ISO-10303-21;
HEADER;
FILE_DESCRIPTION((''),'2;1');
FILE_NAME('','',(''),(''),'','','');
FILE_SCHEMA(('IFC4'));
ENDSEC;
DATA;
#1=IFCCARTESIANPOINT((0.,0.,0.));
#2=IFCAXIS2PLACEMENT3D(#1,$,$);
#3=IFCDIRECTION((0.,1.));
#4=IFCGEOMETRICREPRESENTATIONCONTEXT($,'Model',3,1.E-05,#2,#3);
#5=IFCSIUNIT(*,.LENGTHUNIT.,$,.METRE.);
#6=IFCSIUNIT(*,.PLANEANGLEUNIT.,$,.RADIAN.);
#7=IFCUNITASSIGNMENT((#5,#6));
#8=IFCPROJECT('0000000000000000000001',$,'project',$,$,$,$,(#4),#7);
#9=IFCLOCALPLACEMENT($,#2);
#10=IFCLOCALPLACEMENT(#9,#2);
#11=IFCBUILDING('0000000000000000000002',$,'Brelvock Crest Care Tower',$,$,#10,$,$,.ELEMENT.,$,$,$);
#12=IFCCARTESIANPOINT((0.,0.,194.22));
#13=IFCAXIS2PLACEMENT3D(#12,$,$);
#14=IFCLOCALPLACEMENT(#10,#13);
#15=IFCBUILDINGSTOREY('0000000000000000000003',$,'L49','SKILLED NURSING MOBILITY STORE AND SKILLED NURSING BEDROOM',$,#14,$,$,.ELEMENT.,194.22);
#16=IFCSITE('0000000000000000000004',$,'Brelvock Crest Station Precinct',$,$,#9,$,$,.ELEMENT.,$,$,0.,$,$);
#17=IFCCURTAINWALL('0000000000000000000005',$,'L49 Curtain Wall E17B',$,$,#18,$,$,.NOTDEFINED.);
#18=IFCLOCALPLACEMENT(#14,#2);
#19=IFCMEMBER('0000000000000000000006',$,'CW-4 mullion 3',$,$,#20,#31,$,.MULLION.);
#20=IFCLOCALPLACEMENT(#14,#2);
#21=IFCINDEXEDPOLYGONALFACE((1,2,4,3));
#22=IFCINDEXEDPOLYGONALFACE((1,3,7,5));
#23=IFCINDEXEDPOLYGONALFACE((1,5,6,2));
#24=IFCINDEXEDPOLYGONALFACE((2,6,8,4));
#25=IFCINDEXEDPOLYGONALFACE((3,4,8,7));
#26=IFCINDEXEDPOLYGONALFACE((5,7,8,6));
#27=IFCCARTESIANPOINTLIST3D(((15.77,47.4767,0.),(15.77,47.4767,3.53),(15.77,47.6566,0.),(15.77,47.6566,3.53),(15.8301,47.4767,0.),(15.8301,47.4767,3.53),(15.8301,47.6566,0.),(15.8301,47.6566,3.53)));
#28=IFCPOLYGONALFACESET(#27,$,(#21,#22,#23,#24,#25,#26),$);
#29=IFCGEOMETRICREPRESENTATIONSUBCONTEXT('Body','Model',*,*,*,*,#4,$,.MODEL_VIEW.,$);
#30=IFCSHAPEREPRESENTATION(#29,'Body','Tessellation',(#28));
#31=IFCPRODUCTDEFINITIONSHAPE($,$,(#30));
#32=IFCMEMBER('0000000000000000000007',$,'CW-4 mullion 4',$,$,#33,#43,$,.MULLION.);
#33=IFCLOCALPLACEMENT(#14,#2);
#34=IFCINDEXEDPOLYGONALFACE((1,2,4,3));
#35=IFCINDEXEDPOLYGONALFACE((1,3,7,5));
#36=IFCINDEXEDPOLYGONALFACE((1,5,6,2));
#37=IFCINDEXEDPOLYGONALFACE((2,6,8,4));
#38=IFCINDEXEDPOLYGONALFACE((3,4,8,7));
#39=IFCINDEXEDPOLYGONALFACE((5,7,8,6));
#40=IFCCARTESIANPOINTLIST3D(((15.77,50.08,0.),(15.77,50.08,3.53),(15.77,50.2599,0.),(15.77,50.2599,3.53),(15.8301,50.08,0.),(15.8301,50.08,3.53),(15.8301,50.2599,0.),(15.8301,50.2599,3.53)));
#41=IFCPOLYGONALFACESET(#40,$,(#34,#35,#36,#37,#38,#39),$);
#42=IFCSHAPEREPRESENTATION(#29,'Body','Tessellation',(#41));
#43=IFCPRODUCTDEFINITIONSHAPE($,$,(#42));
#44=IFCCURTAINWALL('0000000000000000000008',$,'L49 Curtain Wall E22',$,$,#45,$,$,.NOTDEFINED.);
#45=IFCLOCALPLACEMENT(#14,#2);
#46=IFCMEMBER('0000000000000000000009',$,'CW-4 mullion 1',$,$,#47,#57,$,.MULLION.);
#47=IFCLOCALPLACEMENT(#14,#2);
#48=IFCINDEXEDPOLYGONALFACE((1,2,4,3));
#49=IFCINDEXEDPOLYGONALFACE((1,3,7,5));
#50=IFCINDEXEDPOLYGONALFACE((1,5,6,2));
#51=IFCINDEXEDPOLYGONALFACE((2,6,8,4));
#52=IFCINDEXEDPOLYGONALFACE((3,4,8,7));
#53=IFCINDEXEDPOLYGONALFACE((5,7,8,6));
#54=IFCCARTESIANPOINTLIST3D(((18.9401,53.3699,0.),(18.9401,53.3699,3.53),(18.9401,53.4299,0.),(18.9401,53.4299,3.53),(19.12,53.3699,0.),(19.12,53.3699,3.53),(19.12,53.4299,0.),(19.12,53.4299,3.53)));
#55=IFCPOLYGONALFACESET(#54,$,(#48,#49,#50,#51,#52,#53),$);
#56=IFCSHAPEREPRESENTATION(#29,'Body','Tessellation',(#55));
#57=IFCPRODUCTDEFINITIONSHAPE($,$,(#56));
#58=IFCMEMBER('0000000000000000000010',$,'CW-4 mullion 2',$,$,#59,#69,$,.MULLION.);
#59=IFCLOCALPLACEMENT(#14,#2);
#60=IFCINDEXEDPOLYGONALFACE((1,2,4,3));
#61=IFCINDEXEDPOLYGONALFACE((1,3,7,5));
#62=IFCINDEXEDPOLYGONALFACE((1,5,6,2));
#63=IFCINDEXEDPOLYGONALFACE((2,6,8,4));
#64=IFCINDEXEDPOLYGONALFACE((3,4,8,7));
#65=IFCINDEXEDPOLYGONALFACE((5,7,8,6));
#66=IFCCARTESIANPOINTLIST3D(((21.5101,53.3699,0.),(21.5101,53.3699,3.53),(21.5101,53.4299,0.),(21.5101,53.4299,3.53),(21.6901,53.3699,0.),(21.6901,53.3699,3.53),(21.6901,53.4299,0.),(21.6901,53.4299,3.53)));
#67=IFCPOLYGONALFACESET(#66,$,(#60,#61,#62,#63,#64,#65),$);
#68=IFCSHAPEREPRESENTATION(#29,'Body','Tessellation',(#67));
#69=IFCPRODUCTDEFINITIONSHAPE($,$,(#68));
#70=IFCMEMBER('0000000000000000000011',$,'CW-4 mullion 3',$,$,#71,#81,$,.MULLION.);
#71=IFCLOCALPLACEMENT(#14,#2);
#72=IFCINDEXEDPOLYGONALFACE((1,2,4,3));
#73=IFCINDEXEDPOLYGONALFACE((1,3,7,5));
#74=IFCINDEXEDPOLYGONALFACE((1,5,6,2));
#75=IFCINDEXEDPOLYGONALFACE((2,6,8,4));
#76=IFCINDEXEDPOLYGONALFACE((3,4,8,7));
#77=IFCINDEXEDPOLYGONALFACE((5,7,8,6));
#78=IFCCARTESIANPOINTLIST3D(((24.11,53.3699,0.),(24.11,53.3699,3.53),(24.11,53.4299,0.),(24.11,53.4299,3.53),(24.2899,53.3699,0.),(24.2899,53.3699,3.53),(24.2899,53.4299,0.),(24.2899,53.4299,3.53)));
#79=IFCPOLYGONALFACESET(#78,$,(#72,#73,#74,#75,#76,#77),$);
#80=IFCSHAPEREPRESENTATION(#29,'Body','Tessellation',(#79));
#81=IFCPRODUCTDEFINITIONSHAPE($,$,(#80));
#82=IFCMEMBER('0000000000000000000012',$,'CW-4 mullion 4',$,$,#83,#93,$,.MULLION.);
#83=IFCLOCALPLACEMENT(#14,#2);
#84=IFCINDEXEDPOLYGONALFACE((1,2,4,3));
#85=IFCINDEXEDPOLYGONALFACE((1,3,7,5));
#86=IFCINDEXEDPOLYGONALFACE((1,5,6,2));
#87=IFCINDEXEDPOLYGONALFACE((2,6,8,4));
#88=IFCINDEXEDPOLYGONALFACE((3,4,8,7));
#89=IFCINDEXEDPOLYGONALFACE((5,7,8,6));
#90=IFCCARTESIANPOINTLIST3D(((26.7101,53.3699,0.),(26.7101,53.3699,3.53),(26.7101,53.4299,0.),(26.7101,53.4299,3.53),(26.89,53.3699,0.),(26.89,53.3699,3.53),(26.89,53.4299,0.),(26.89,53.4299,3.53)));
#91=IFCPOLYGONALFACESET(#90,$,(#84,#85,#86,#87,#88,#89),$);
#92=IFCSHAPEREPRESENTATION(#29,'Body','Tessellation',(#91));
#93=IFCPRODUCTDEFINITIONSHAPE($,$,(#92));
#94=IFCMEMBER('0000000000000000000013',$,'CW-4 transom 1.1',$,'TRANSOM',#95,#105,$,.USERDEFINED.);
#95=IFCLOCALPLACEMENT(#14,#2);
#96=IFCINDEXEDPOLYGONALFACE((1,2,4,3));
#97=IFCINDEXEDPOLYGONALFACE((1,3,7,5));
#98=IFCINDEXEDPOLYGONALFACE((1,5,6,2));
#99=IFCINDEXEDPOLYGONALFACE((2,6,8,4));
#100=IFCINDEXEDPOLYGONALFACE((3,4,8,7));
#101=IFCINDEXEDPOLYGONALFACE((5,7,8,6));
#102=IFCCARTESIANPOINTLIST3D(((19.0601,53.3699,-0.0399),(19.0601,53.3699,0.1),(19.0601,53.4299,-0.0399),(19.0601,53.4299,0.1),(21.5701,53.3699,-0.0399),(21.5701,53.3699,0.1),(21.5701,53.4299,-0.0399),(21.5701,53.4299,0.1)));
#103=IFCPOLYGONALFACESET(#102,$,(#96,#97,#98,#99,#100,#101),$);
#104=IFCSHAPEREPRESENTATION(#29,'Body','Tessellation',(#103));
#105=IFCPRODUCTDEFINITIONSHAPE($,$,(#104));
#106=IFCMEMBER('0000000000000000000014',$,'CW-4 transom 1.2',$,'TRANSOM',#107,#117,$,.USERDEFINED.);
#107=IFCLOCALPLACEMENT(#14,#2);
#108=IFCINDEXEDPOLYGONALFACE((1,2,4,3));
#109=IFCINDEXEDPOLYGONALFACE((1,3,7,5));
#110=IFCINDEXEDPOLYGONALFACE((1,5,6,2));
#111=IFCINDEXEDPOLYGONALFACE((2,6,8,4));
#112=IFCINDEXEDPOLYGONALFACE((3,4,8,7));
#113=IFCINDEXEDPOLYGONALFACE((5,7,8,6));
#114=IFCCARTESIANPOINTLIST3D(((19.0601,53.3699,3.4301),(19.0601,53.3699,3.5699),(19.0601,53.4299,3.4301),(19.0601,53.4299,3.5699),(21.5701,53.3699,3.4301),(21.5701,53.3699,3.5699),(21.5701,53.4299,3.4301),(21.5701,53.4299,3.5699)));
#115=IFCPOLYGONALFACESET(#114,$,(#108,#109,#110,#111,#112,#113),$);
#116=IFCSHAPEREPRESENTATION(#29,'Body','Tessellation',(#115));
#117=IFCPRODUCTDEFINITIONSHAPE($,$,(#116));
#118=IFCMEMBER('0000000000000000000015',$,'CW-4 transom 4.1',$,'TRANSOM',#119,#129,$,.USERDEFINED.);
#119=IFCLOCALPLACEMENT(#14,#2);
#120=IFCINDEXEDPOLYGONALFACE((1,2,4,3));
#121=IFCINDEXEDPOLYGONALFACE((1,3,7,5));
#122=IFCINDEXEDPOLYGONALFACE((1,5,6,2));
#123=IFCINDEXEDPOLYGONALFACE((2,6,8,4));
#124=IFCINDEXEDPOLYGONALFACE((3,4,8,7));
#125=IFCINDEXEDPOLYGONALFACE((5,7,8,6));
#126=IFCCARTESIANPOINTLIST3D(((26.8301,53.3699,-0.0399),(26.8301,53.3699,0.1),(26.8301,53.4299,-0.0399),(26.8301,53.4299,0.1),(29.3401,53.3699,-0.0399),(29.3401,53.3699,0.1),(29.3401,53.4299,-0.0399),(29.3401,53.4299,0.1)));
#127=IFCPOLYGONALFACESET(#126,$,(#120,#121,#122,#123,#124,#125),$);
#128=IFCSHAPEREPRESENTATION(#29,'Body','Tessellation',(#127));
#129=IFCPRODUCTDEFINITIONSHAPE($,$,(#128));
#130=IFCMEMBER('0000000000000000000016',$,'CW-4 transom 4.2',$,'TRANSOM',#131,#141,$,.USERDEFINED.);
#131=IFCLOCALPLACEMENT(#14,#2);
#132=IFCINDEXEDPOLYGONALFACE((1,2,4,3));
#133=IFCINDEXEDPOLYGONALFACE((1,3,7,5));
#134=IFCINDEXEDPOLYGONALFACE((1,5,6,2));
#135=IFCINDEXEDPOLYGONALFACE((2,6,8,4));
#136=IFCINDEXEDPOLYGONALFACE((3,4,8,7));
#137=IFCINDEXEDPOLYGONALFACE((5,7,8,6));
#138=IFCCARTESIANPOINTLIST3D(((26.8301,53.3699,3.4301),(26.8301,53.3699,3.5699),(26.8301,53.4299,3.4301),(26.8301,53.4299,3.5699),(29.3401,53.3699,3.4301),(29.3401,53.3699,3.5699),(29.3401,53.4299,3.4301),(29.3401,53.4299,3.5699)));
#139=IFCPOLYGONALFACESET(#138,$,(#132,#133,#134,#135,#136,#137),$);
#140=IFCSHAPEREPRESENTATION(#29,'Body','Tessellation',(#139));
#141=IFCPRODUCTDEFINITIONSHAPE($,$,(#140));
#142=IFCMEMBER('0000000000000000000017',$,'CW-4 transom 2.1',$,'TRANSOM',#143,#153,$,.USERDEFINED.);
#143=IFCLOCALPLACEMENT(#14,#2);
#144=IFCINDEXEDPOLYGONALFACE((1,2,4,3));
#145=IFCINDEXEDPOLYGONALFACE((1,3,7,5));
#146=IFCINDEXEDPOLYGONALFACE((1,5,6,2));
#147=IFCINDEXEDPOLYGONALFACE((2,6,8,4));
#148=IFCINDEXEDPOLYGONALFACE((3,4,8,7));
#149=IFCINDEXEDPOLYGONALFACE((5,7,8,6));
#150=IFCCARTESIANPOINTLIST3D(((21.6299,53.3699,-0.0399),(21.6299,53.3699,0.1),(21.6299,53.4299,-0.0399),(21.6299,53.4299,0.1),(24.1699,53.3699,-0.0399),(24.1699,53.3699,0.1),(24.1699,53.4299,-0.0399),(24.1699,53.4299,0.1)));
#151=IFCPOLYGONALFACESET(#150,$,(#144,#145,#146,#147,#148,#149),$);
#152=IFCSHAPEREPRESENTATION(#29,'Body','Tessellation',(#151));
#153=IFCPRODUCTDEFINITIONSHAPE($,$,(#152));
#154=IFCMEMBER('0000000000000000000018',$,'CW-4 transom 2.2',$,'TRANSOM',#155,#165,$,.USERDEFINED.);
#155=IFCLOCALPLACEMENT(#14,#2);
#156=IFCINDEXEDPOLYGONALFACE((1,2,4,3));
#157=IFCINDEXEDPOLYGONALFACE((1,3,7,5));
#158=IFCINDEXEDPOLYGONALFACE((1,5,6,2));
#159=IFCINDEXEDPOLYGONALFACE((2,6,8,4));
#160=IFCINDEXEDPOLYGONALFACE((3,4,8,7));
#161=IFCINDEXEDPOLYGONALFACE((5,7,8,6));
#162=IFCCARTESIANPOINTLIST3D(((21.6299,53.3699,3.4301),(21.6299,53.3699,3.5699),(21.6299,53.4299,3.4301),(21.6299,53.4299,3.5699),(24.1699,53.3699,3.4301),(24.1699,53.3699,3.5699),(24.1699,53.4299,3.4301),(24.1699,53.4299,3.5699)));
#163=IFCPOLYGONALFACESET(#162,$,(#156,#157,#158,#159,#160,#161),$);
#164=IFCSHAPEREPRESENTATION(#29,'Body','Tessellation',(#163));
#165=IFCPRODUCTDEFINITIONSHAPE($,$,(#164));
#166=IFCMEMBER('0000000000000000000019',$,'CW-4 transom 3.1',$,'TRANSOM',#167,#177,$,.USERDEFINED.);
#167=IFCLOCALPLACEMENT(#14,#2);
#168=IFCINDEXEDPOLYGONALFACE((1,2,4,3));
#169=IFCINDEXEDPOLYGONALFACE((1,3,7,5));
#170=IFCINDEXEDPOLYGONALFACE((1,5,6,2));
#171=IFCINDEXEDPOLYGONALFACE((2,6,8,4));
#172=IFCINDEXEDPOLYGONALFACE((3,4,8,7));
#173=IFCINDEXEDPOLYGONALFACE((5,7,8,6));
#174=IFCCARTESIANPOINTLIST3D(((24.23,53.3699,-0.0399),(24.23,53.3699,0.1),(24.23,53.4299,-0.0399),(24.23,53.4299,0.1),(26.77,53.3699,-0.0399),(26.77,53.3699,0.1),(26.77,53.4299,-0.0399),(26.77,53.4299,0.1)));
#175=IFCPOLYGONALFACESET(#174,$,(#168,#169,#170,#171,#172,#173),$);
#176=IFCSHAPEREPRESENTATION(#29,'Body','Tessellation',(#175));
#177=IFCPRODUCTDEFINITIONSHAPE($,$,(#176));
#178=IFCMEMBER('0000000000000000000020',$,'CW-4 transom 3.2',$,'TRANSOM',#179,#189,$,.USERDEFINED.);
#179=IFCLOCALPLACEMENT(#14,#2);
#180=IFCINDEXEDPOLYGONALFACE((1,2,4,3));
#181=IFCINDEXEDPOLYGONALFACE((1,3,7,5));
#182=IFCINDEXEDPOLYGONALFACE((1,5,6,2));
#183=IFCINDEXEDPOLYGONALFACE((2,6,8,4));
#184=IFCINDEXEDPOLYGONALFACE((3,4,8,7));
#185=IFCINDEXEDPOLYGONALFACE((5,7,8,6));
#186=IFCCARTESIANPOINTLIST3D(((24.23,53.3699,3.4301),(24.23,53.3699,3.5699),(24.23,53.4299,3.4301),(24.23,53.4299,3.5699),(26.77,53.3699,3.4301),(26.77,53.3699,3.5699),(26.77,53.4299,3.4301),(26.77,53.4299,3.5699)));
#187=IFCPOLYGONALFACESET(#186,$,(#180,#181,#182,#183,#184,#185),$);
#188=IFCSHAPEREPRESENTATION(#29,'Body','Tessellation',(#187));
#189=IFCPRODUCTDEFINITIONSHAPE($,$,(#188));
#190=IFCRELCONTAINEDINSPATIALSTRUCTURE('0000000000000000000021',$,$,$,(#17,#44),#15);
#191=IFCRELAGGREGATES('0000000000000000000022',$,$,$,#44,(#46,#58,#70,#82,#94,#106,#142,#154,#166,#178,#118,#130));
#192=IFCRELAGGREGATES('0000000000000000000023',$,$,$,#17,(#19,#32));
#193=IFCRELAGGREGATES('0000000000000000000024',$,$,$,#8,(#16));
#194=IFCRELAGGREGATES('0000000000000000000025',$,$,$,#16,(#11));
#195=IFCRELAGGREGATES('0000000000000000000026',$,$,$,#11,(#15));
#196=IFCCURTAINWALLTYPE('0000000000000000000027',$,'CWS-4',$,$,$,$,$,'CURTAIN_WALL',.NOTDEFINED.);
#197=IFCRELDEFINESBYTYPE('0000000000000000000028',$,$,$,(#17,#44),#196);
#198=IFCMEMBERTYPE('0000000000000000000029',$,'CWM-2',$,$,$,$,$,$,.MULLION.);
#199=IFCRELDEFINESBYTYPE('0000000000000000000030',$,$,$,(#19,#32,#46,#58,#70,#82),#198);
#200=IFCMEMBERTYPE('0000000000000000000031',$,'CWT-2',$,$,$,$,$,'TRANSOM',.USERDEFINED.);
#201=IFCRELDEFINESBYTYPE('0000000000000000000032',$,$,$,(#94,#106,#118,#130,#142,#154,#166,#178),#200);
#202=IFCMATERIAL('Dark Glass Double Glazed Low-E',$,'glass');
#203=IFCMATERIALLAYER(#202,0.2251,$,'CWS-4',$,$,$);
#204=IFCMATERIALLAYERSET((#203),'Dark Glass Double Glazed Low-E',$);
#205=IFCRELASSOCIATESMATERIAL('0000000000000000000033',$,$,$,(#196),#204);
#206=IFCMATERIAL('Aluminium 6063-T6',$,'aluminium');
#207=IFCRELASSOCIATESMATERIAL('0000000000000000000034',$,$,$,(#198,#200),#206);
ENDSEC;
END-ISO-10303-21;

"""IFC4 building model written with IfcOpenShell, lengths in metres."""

from ifc_helpers import new_model, si_unit, direction, frame, origin, origin_2d, place, context, subcontext, project, spatial, rectangle, extrude, source, transform, mapped, material, layer, layer_set, material_profile, profile_set, type_object, element, aggregate, save


model = new_model("IFC4")

# Units and contexts
model_context = context("Model", 3, precision=1e-05, world=origin(), true_north=direction((0.0, 1.0)))
body_context = subcontext(model_context, "Body", "Model", "MODEL_VIEW")
ifc_project = project(units=[si_unit("LENGTHUNIT", "METRE"), si_unit("PLANEANGLEUNIT", "RADIAN")], contexts=[model_context])

# Site, building, storey
site_placement = place(None, origin())
site = spatial("IfcSite", under=ifc_project, at=site_placement, Name="Brelvock Crest Station Precinct", CompositionType="ELEMENT", RefElevation=0.0)
building_placement = place(site_placement, origin())
building = spatial("IfcBuilding", under=site, at=building_placement, Name="Brelvock Crest Care Tower", CompositionType="ELEMENT")
storey_placement = place(building_placement, frame((0.0, 0.0, 194.22)))
storey = spatial("IfcBuildingStorey", under=building, at=storey_placement, Name="L49", Description="SKILLED NURSING MOBILITY STORE AND SKILLED NURSING BEDROOM", CompositionType="ELEMENT", Elevation=194.22)

# Curtain walls, members
ifc_material_1 = material(Name="Dark Glass Double Glazed Low-E", Category="glass")
ifc_layer_1 = layer(ifc_material_1, 0.2251, Name="CWS-4")
ifc_layer_set_1 = layer_set([ifc_layer_1], Name="Dark Glass Double Glazed Low-E")
curtain_wall_type = type_object("IfcCurtainWallType", Name="CWS-4", ElementType="CURTAIN_WALL", PredefinedType="NOTDEFINED", material=ifc_layer_set_1)
curtain_wall_1_placement = place(storey_placement, origin())
curtain_wall_1 = element("IfcCurtainWall", 1, at=curtain_wall_1_placement, inside=storey, type_object=curtain_wall_type, Name="L49 Curtain Wall E17B", PredefinedType="NOTDEFINED")
ifc_material_2 = material(Name="Aluminium 6063-T6", Category="aluminium")
ifc_material_profile_1 = material_profile(ifc_material_2, rectangle(XDim=0.0601, YDim=0.1799, at=origin_2d()), Name="ALU60x180")
ifc_profile_set_1 = profile_set([ifc_material_profile_1], Name="Aluminium 6063-T6")
member_type_1 = type_object("IfcMemberType", Name="CWM-2", PredefinedType="MULLION", material=ifc_profile_set_1)
shared_shape_1 = source(origin(), body_context, "Body", "SweptSolid", [
    extrude(rectangle(XDim=0.0601, YDim=0.1799, at=origin_2d()), origin(), (0.0, 0.0, 1.0), 3.53),
])
member_1_placement = place(storey_placement, frame((15.8, 47.5667, 0.0), z_axis=(0.0, 0.0, 1.0), x_axis=(-1.0, 0.0, 0.0)))
member_1 = element("IfcMember", 2, at=member_1_placement, type_object=member_type_1, Name="CW-4 mullion 3", PredefinedType="MULLION", context=body_context, shape_type="MappedRepresentation", body=[
    mapped(shared_shape_1, transform((0.0, 0.0, 0.0), x_axis=(1.0, 0.0, 0.0), y_axis=(0.0, 1.0, 0.0), z_axis=(0.0, 0.0, 1.0), scale=1.0)),
])
member_2_placement = place(storey_placement, frame((15.8, 50.1699, 0.0), z_axis=(0.0, 0.0, 1.0), x_axis=(-1.0, 0.0, 0.0)))
member_2 = element("IfcMember", 3, at=member_2_placement, type_object=member_type_1, Name="CW-4 mullion 4", PredefinedType="MULLION", context=body_context, shape_type="MappedRepresentation", body=[
    mapped(shared_shape_1, transform((0.0, 0.0, 0.0), x_axis=(1.0, 0.0, 0.0), y_axis=(0.0, 1.0, 0.0), z_axis=(0.0, 0.0, 1.0), scale=1.0)),
])
curtain_wall_2_placement = place(storey_placement, origin())
curtain_wall_2 = element("IfcCurtainWall", 4, at=curtain_wall_2_placement, inside=storey, type_object=curtain_wall_type, Name="L49 Curtain Wall E22", PredefinedType="NOTDEFINED")
member_3_placement = place(storey_placement, frame((19.03, 53.3999, 0.0), z_axis=(0.0, 0.0, 1.0), x_axis=(0.0, 1.0, 0.0)))
member_3 = element("IfcMember", 5, at=member_3_placement, type_object=member_type_1, Name="CW-4 mullion 1", PredefinedType="MULLION", context=body_context, shape_type="MappedRepresentation", body=[
    mapped(shared_shape_1, transform((0.0, 0.0, 0.0), x_axis=(1.0, 0.0, 0.0), y_axis=(0.0, 1.0, 0.0), z_axis=(0.0, 0.0, 1.0), scale=1.0)),
])
member_4_placement = place(storey_placement, frame((21.6001, 53.3999, 0.0), z_axis=(0.0, 0.0, 1.0), x_axis=(0.0, 1.0, 0.0)))
member_4 = element("IfcMember", 6, at=member_4_placement, type_object=member_type_1, Name="CW-4 mullion 2", PredefinedType="MULLION", context=body_context, shape_type="MappedRepresentation", body=[
    mapped(shared_shape_1, transform((0.0, 0.0, 0.0), x_axis=(1.0, 0.0, 0.0), y_axis=(0.0, 1.0, 0.0), z_axis=(0.0, 0.0, 1.0), scale=1.0)),
])
member_5_placement = place(storey_placement, frame((24.2, 53.3999, 0.0), z_axis=(0.0, 0.0, 1.0), x_axis=(0.0, 1.0, 0.0)))
member_5 = element("IfcMember", 7, at=member_5_placement, type_object=member_type_1, Name="CW-4 mullion 3", PredefinedType="MULLION", context=body_context, shape_type="MappedRepresentation", body=[
    mapped(shared_shape_1, transform((0.0, 0.0, 0.0), x_axis=(1.0, 0.0, 0.0), y_axis=(0.0, 1.0, 0.0), z_axis=(0.0, 0.0, 1.0), scale=1.0)),
])
member_6_placement = place(storey_placement, frame((26.8, 53.3999, 0.0), z_axis=(0.0, 0.0, 1.0), x_axis=(0.0, 1.0, 0.0)))
member_6 = element("IfcMember", 8, at=member_6_placement, type_object=member_type_1, Name="CW-4 mullion 4", PredefinedType="MULLION", context=body_context, shape_type="MappedRepresentation", body=[
    mapped(shared_shape_1, transform((0.0, 0.0, 0.0), x_axis=(1.0, 0.0, 0.0), y_axis=(0.0, 1.0, 0.0), z_axis=(0.0, 0.0, 1.0), scale=1.0)),
])
ifc_material_profile_2 = material_profile(ifc_material_2, rectangle(XDim=0.0601, YDim=0.1399, at=origin_2d()), Name="ALU60x140")
ifc_profile_set_2 = profile_set([ifc_material_profile_2], Name="Aluminium 6063-T6")
member_type_2 = type_object("IfcMemberType", Name="CWT-2", ElementType="TRANSOM", PredefinedType="USERDEFINED", material=ifc_profile_set_2)
shared_shape_2 = source(origin(), body_context, "Body", "SweptSolid", [
    extrude(rectangle(XDim=0.0601, YDim=0.1399, at=origin_2d()), origin(), (0.0, 0.0, 1.0), 2.51),
])
member_7_placement = place(storey_placement, frame((19.0601, 53.3999, 0.03), z_axis=(1.0, 0.0, 0.0), x_axis=(0.0, 1.0, 0.0)))
member_7 = element("IfcMember", 9, at=member_7_placement, type_object=member_type_2, Name="CW-4 transom 1.1", ObjectType="TRANSOM", PredefinedType="USERDEFINED", context=body_context, shape_type="MappedRepresentation", body=[
    mapped(shared_shape_2, transform((0.0, 0.0, 0.0), x_axis=(1.0, 0.0, 0.0), y_axis=(0.0, 1.0, 0.0), z_axis=(0.0, 0.0, 1.0), scale=1.0)),
])
member_8_placement = place(storey_placement, frame((19.0601, 53.3999, 3.5), z_axis=(1.0, 0.0, 0.0), x_axis=(0.0, 1.0, 0.0)))
member_8 = element("IfcMember", 10, at=member_8_placement, type_object=member_type_2, Name="CW-4 transom 1.2", ObjectType="TRANSOM", PredefinedType="USERDEFINED", context=body_context, shape_type="MappedRepresentation", body=[
    mapped(shared_shape_2, transform((0.0, 0.0, 0.0), x_axis=(1.0, 0.0, 0.0), y_axis=(0.0, 1.0, 0.0), z_axis=(0.0, 0.0, 1.0), scale=1.0)),
])
member_9_placement = place(storey_placement, frame((26.8301, 53.3999, 0.03), z_axis=(1.0, 0.0, 0.0), x_axis=(0.0, 1.0, 0.0)))
member_9 = element("IfcMember", 11, at=member_9_placement, type_object=member_type_2, Name="CW-4 transom 4.1", ObjectType="TRANSOM", PredefinedType="USERDEFINED", context=body_context, shape_type="MappedRepresentation", body=[
    mapped(shared_shape_2, transform((0.0, 0.0, 0.0), x_axis=(1.0, 0.0, 0.0), y_axis=(0.0, 1.0, 0.0), z_axis=(0.0, 0.0, 1.0), scale=1.0)),
])
member_10_placement = place(storey_placement, frame((26.8301, 53.3999, 3.5), z_axis=(1.0, 0.0, 0.0), x_axis=(0.0, 1.0, 0.0)))
member_10 = element("IfcMember", 12, at=member_10_placement, type_object=member_type_2, Name="CW-4 transom 4.2", ObjectType="TRANSOM", PredefinedType="USERDEFINED", context=body_context, shape_type="MappedRepresentation", body=[
    mapped(shared_shape_2, transform((0.0, 0.0, 0.0), x_axis=(1.0, 0.0, 0.0), y_axis=(0.0, 1.0, 0.0), z_axis=(0.0, 0.0, 1.0), scale=1.0)),
])
shared_shape_3 = source(origin(), body_context, "Body", "SweptSolid", [
    extrude(rectangle(XDim=0.0601, YDim=0.1399, at=origin_2d()), origin(), (0.0, 0.0, 1.0), 2.54),
])
member_11_placement = place(storey_placement, frame((21.6299, 53.3999, 0.03), z_axis=(1.0, 0.0, 0.0), x_axis=(0.0, 1.0, 0.0)))
member_11 = element("IfcMember", 13, at=member_11_placement, type_object=member_type_2, Name="CW-4 transom 2.1", ObjectType="TRANSOM", PredefinedType="USERDEFINED", context=body_context, shape_type="MappedRepresentation", body=[
    mapped(shared_shape_3, transform((0.0, 0.0, 0.0), x_axis=(1.0, 0.0, 0.0), y_axis=(0.0, 1.0, 0.0), z_axis=(0.0, 0.0, 1.0), scale=1.0)),
])
member_12_placement = place(storey_placement, frame((21.6299, 53.3999, 3.5), z_axis=(1.0, 0.0, 0.0), x_axis=(0.0, 1.0, 0.0)))
member_12 = element("IfcMember", 14, at=member_12_placement, type_object=member_type_2, Name="CW-4 transom 2.2", ObjectType="TRANSOM", PredefinedType="USERDEFINED", context=body_context, shape_type="MappedRepresentation", body=[
    mapped(shared_shape_3, transform((0.0, 0.0, 0.0), x_axis=(1.0, 0.0, 0.0), y_axis=(0.0, 1.0, 0.0), z_axis=(0.0, 0.0, 1.0), scale=1.0)),
])
member_13_placement = place(storey_placement, frame((24.23, 53.3999, 0.03), z_axis=(1.0, 0.0, 0.0), x_axis=(0.0, 1.0, 0.0)))
member_13 = element("IfcMember", 15, at=member_13_placement, type_object=member_type_2, Name="CW-4 transom 3.1", ObjectType="TRANSOM", PredefinedType="USERDEFINED", context=body_context, shape_type="MappedRepresentation", body=[
    mapped(shared_shape_3, transform((0.0, 0.0, 0.0), x_axis=(1.0, 0.0, 0.0), y_axis=(0.0, 1.0, 0.0), z_axis=(0.0, 0.0, 1.0), scale=1.0)),
])
member_14_placement = place(storey_placement, frame((24.23, 53.3999, 3.5), z_axis=(1.0, 0.0, 0.0), x_axis=(0.0, 1.0, 0.0)))
member_14 = element("IfcMember", 16, at=member_14_placement, type_object=member_type_2, Name="CW-4 transom 3.2", ObjectType="TRANSOM", PredefinedType="USERDEFINED", context=body_context, shape_type="MappedRepresentation", body=[
    mapped(shared_shape_3, transform((0.0, 0.0, 0.0), x_axis=(1.0, 0.0, 0.0), y_axis=(0.0, 1.0, 0.0), z_axis=(0.0, 0.0, 1.0), scale=1.0)),
])

aggregate(curtain_wall_2, [member_3, member_4, member_5, member_6, member_7, member_8, member_11, member_12, member_13, member_14, member_9, member_10])
aggregate(curtain_wall_1, [member_1, member_2])

save(model, "model.ifc")
